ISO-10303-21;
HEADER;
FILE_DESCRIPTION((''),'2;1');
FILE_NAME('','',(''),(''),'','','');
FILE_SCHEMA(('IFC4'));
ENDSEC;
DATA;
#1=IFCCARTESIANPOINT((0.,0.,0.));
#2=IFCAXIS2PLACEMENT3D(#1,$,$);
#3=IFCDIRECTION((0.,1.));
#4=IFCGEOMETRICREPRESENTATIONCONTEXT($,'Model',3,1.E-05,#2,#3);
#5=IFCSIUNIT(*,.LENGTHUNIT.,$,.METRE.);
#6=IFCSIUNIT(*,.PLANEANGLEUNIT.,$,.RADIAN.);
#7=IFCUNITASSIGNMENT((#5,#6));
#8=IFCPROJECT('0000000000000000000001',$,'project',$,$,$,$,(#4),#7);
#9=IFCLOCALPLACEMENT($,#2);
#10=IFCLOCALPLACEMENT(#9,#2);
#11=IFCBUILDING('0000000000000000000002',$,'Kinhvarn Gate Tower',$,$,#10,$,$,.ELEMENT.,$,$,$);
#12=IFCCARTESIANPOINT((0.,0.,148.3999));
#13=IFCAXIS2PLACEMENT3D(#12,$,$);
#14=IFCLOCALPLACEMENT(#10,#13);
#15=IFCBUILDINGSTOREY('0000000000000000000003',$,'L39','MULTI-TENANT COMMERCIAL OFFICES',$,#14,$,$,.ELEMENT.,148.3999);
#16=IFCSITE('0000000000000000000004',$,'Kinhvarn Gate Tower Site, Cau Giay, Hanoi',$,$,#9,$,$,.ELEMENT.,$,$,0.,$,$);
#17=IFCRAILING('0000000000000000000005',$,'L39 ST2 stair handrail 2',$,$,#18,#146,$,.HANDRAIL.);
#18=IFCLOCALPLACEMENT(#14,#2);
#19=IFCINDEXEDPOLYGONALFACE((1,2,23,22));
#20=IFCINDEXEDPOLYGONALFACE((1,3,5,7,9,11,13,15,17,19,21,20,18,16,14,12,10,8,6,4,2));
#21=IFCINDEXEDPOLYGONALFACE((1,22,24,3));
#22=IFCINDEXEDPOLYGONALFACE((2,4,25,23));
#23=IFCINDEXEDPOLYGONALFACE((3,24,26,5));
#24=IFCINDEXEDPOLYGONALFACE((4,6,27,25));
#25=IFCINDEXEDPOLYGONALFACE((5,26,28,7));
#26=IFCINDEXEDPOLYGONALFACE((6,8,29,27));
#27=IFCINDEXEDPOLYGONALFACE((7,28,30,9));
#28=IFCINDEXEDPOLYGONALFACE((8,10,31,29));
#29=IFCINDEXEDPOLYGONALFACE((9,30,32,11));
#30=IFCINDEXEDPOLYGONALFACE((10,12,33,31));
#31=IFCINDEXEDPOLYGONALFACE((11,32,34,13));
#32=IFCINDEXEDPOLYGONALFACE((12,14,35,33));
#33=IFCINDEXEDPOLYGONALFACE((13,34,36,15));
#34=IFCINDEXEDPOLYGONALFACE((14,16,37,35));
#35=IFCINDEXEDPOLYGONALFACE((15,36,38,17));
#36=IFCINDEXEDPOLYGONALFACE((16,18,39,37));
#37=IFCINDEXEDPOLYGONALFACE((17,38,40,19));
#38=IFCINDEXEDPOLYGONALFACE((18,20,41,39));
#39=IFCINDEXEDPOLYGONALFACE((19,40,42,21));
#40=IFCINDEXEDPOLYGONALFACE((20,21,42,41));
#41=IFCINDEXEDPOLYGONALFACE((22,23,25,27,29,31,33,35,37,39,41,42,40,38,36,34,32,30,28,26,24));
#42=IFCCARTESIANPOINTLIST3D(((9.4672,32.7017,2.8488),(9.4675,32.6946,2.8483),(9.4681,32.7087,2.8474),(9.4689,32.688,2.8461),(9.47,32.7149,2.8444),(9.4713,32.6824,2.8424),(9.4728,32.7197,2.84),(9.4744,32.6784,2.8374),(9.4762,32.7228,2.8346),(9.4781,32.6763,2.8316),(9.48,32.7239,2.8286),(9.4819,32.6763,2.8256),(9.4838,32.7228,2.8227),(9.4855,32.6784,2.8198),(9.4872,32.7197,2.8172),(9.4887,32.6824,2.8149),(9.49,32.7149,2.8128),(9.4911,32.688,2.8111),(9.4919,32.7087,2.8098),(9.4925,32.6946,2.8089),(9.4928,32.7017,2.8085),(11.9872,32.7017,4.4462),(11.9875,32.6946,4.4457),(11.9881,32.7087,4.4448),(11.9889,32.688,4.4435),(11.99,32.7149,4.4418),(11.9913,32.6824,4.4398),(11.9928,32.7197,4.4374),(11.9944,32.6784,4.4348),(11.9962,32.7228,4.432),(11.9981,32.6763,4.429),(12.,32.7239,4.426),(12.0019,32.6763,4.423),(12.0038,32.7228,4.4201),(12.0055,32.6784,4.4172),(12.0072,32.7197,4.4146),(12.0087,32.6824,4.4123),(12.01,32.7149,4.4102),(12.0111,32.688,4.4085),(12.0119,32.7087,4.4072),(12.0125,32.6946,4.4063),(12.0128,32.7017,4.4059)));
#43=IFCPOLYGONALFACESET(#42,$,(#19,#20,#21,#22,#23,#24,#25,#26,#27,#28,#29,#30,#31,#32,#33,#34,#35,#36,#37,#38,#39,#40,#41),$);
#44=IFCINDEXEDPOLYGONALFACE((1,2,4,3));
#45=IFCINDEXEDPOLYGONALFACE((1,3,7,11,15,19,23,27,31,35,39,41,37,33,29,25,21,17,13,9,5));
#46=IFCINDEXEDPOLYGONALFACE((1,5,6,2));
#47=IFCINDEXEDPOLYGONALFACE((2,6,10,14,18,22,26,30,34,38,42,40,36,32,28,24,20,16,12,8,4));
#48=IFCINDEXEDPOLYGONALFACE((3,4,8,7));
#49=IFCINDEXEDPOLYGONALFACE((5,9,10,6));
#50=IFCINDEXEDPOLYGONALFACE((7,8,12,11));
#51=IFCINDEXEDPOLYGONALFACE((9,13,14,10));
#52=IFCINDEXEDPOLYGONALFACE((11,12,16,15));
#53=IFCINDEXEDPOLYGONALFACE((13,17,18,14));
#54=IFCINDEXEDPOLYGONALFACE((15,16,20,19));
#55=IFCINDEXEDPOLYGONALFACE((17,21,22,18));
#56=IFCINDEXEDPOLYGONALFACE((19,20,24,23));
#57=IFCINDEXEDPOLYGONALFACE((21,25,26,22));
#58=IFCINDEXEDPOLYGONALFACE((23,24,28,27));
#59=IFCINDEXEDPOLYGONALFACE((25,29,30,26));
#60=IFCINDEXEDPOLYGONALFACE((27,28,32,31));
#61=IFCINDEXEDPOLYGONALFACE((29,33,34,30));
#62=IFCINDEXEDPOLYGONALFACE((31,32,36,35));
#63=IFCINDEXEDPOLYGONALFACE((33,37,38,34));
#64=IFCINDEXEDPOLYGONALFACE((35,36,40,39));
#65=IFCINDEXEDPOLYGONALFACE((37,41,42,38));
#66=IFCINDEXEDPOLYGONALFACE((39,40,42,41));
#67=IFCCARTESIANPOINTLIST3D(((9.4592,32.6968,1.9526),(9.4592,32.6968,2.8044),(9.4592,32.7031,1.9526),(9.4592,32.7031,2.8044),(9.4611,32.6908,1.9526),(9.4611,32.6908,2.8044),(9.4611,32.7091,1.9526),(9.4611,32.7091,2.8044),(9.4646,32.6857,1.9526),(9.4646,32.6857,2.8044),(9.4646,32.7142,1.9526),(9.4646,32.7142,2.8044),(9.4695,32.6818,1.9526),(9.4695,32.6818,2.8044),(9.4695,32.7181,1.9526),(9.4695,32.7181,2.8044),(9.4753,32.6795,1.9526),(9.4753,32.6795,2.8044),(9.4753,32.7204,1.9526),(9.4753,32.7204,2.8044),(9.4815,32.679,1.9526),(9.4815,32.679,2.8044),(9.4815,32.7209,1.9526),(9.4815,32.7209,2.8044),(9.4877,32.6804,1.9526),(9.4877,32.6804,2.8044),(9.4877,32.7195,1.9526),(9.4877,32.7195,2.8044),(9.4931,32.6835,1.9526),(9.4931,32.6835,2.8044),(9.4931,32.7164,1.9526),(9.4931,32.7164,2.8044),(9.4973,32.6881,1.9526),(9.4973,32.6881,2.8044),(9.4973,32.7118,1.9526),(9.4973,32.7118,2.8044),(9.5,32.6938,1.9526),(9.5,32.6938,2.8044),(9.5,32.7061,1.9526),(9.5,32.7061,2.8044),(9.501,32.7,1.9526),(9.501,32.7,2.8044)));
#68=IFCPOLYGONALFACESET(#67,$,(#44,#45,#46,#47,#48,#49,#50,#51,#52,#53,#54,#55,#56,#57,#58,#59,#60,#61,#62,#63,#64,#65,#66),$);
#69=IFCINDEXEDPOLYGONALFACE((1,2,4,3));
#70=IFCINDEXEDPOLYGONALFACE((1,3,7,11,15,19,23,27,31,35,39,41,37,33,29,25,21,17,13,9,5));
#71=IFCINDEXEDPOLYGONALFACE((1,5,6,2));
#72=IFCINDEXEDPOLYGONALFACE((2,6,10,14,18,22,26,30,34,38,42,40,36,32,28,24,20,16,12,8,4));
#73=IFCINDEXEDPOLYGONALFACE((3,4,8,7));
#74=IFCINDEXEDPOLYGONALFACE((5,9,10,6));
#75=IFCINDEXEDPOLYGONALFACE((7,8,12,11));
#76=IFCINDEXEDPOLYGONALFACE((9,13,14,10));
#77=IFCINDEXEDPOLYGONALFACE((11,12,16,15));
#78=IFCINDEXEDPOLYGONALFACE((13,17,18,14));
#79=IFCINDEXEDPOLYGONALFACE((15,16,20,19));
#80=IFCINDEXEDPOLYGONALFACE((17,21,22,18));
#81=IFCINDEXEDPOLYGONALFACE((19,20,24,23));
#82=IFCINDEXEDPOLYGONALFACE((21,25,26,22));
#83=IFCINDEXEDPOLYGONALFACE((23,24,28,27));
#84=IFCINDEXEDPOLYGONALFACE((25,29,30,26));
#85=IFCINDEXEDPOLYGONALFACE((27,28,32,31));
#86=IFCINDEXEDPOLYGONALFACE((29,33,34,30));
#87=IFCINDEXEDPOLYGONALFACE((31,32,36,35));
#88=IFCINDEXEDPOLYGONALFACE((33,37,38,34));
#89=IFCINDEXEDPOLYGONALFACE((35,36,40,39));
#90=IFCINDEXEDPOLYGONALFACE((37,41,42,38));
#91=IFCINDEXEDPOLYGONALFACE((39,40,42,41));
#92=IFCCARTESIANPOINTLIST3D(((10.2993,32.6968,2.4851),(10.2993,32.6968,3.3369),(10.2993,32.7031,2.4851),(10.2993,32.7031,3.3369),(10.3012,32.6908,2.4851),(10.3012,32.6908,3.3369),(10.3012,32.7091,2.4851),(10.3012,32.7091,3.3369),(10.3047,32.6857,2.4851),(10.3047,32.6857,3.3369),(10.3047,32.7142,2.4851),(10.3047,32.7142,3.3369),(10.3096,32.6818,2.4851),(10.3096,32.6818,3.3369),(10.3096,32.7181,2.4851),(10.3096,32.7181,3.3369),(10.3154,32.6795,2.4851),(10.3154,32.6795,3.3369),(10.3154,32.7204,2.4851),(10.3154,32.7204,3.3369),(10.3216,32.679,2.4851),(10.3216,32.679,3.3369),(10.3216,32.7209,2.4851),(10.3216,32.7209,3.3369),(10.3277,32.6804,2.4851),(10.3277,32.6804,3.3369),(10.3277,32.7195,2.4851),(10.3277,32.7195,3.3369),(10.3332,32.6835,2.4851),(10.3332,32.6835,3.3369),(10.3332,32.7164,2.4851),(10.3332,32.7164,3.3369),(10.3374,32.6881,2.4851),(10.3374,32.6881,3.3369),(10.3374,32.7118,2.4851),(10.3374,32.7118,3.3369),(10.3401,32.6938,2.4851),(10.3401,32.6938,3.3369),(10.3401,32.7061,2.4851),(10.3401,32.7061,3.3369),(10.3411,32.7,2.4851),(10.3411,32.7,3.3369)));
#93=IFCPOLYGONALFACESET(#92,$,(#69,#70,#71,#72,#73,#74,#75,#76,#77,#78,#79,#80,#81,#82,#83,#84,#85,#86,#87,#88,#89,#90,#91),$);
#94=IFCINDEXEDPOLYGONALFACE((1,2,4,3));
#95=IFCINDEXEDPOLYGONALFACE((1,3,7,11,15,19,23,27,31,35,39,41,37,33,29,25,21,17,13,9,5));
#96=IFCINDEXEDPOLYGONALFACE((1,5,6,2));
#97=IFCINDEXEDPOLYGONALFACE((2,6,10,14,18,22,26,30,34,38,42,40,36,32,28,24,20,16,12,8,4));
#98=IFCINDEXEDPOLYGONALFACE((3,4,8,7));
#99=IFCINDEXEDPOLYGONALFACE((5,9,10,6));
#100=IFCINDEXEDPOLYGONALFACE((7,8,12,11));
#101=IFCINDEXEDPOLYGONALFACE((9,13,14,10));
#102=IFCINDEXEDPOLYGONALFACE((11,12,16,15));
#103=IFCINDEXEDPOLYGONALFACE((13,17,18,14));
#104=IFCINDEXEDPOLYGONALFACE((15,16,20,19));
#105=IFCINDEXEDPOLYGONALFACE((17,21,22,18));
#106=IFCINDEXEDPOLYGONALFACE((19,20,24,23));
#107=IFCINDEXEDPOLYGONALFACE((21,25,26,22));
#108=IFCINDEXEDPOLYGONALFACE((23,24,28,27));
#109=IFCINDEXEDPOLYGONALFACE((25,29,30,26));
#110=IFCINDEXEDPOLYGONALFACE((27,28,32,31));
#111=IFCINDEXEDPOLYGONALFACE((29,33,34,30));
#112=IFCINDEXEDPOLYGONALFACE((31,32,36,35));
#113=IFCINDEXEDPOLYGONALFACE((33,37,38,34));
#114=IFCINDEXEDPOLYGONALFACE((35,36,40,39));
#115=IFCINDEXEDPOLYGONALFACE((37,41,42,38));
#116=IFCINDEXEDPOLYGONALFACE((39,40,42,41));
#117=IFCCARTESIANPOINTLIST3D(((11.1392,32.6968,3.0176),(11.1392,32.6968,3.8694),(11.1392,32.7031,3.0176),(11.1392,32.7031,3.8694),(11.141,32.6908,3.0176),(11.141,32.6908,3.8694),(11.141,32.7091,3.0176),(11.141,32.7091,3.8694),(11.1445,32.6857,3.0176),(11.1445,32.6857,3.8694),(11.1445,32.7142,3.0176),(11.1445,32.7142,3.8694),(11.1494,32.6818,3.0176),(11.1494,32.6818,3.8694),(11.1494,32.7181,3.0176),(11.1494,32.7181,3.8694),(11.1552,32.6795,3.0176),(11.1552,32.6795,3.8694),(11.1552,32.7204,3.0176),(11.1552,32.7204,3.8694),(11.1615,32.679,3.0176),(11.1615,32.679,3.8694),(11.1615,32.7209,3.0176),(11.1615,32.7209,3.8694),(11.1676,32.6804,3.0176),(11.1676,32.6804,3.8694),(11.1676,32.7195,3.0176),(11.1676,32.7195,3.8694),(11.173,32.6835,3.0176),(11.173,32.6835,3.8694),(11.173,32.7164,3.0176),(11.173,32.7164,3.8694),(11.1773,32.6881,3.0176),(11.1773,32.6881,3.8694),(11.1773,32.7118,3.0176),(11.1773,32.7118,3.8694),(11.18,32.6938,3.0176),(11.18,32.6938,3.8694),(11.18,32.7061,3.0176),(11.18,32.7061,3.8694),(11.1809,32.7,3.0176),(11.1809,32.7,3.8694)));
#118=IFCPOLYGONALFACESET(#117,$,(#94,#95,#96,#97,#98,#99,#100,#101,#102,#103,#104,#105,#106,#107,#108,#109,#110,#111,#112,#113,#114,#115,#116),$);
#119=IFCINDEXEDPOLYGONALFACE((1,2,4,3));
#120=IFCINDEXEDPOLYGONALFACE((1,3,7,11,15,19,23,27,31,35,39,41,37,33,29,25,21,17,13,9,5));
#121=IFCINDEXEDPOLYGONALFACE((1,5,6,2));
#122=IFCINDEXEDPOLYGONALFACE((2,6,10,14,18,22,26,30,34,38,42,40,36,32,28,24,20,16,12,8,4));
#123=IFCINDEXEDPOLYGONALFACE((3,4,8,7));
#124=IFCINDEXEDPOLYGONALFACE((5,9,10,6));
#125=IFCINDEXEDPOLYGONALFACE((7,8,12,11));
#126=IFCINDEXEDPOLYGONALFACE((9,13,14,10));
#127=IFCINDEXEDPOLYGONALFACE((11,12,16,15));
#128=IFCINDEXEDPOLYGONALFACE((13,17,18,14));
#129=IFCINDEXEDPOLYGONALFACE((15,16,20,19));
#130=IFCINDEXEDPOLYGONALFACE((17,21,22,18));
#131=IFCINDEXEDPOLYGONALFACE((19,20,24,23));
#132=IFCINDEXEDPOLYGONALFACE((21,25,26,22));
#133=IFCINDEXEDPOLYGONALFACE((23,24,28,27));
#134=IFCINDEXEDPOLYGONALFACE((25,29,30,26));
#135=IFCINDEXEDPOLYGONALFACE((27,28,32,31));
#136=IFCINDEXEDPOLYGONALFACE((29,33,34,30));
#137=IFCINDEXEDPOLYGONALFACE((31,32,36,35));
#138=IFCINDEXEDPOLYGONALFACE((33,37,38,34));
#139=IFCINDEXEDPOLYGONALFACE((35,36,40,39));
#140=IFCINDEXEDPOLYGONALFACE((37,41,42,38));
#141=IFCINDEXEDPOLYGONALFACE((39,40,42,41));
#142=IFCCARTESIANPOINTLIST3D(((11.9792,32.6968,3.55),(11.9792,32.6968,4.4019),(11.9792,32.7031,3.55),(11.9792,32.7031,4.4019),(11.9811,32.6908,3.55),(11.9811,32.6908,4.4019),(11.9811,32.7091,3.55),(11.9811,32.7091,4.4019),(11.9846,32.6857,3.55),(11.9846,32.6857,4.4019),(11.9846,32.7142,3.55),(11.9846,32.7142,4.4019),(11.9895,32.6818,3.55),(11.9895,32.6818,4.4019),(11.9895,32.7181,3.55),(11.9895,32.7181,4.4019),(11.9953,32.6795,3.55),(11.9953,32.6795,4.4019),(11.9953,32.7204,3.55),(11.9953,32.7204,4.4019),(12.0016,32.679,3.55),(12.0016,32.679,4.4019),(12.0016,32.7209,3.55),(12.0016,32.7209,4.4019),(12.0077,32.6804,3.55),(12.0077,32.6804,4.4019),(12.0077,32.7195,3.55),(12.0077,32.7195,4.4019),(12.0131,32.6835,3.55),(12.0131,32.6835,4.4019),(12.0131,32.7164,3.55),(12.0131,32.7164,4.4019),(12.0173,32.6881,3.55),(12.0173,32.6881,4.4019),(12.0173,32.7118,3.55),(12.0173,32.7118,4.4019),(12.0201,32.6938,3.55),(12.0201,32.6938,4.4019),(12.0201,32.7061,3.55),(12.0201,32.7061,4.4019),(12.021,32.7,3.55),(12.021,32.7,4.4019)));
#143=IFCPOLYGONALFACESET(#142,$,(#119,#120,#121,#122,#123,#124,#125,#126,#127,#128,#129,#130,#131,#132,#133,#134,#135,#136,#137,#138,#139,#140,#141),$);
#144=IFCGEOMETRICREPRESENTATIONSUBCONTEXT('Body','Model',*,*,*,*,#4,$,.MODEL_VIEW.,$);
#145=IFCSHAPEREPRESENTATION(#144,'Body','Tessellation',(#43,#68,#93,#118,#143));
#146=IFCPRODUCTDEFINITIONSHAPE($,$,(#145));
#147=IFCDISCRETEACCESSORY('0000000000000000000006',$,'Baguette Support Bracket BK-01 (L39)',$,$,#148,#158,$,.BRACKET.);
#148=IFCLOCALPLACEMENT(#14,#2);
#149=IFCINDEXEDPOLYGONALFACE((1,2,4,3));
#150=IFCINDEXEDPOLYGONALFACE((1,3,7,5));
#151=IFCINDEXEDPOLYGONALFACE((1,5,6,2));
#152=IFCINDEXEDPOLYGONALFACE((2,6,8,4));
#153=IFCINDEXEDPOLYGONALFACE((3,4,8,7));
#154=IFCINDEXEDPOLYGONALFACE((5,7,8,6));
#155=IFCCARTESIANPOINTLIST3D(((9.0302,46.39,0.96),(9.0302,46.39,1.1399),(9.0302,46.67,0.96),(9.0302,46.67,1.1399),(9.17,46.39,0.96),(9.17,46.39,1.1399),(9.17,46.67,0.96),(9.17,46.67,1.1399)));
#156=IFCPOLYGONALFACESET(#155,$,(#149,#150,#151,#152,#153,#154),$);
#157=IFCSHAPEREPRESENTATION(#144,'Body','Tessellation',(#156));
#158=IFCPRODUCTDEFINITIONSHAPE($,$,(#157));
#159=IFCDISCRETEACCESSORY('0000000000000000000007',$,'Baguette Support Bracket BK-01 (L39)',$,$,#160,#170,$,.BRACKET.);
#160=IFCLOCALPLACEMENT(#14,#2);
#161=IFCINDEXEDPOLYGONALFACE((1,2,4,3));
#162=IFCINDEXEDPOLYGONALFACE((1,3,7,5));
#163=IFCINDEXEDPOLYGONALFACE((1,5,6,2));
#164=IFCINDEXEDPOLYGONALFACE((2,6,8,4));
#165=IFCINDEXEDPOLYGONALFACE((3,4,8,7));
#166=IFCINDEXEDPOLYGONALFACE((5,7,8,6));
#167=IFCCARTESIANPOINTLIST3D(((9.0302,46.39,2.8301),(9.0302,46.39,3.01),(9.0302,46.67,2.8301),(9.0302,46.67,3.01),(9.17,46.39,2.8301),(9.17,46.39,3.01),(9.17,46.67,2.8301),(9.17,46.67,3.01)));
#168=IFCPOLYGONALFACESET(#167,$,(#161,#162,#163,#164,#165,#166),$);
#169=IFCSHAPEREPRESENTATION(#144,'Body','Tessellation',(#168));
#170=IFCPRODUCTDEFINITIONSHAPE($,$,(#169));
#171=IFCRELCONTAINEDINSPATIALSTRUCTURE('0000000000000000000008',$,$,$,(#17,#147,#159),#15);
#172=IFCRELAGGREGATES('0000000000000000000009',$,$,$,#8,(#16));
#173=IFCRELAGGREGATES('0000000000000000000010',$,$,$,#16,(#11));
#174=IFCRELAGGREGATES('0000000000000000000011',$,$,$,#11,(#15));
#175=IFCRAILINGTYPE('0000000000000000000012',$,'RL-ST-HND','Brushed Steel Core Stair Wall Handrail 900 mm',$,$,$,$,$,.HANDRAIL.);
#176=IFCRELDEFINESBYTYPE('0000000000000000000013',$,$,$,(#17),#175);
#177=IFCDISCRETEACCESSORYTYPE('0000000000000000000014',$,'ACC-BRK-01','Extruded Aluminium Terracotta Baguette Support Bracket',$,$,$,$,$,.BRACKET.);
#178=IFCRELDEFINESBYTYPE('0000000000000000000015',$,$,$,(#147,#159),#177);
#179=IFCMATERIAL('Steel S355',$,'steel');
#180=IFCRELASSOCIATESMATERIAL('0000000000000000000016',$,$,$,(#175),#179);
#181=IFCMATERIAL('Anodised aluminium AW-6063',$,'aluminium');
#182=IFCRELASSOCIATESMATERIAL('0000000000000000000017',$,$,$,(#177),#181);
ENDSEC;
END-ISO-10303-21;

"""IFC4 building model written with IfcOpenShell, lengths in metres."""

from ifc_helpers import new_model, si_unit, direction, frame, origin, origin_2d, place, context, subcontext, project, spatial, rectangle, circle, extrude, material, type_object, element, save


model = new_model("IFC4")

# Units and contexts
model_context = context("Model", 3, precision=1e-05, world=origin(), true_north=direction((0.0, 1.0)))
body_context = subcontext(model_context, "Body", "Model", "MODEL_VIEW")
ifc_project = project(units=[si_unit("LENGTHUNIT", "METRE"), si_unit("PLANEANGLEUNIT", "RADIAN")], contexts=[model_context])

# Site, building, storey
site_placement = place(None, origin())
site = spatial("IfcSite", under=ifc_project, at=site_placement, Name="Kinhvarn Gate Tower Site, Cau Giay, Hanoi", CompositionType="ELEMENT", RefElevation=0.0)
building_placement = place(site_placement, origin())
building = spatial("IfcBuilding", under=site, at=building_placement, Name="Kinhvarn Gate Tower", CompositionType="ELEMENT")
storey_placement = place(building_placement, frame((0.0, 0.0, 148.3999)))
storey = spatial("IfcBuildingStorey", under=building, at=storey_placement, Name="L39", Description="MULTI-TENANT COMMERCIAL OFFICES", CompositionType="ELEMENT", Elevation=148.3999)

# Shared definitions
ifc_material_1 = material(Name="Anodised aluminium AW-6063", Category="aluminium")

# Shared definitions
ifc_material_2 = material(Name="Steel S355", Category="steel")

# Railing
railing_type_1 = type_object("IfcRailingType", Name="RL-ST-HND", Description="Brushed Steel Core Stair Wall Handrail 900 mm", PredefinedType="HANDRAIL", material=ifc_material_2)
railing_1_placement = place(storey_placement, frame((9.48, 32.7, 1.9526)))
element("IfcRailing", 1, at=railing_1_placement, inside=storey, type_object=railing_type_1, Name="L39 ST2 stair handrail 2", PredefinedType="HANDRAIL", context=body_context, shape_type="SweptSolid", body=[
    extrude(circle(Radius=0.0239, at=origin_2d()), frame((0.0, 0.0, 0.876), z_axis=(0.844607, 0.0, 0.535387), x_axis=(0.0, 1.0, 0.0)), (0.0, 0.0, 1.0), 2.9836),
    extrude(circle(Radius=0.021, at=origin_2d()), origin(), (0.0, 0.0, 1.0), 0.8518),
    extrude(circle(Radius=0.021, at=origin_2d()), frame((0.8401, 0.0, 0.5325)), (0.0, 0.0, 1.0), 0.8518),
    extrude(circle(Radius=0.021, at=origin_2d()), frame((1.6799, 0.0, 1.0649)), (0.0, 0.0, 1.0), 0.8518),
    extrude(circle(Radius=0.021, at=origin_2d()), frame((2.52, 0.0, 1.5974)), (0.0, 0.0, 1.0), 0.8518),
])

# Discrete accessories
discrete_accessory_type = type_object("IfcDiscreteAccessoryType", Name="ACC-BRK-01", Description="Extruded Aluminium Terracotta Baguette Support Bracket", PredefinedType="BRACKET", material=ifc_material_1)
for number, where, z_axis, x_axis, name in (
    (2, (9.1001, 46.53, 0.96), (0.0, 0.0, 1.0), (-1.0, 0.0, 0.0), "Baguette Support Bracket BK-01 (L39)"),
    (3, (9.1001, 46.53, 2.8301), (0.0, 0.0, 1.0), (-1.0, 0.0, 0.0), "Baguette Support Bracket BK-01 (L39)"),
):
    element("IfcDiscreteAccessory", number, at=place(storey_placement, frame(where, z_axis=z_axis, x_axis=x_axis)), inside=storey, type_object=discrete_accessory_type, Name=name, PredefinedType="BRACKET", context=body_context, shape_type="SweptSolid", body=[
        extrude(rectangle(XDim=0.1399, YDim=0.28, at=origin_2d()), origin(), (0.0, 0.0, 1.0), 0.1799),
    ])

save(model, "model.ifc")
